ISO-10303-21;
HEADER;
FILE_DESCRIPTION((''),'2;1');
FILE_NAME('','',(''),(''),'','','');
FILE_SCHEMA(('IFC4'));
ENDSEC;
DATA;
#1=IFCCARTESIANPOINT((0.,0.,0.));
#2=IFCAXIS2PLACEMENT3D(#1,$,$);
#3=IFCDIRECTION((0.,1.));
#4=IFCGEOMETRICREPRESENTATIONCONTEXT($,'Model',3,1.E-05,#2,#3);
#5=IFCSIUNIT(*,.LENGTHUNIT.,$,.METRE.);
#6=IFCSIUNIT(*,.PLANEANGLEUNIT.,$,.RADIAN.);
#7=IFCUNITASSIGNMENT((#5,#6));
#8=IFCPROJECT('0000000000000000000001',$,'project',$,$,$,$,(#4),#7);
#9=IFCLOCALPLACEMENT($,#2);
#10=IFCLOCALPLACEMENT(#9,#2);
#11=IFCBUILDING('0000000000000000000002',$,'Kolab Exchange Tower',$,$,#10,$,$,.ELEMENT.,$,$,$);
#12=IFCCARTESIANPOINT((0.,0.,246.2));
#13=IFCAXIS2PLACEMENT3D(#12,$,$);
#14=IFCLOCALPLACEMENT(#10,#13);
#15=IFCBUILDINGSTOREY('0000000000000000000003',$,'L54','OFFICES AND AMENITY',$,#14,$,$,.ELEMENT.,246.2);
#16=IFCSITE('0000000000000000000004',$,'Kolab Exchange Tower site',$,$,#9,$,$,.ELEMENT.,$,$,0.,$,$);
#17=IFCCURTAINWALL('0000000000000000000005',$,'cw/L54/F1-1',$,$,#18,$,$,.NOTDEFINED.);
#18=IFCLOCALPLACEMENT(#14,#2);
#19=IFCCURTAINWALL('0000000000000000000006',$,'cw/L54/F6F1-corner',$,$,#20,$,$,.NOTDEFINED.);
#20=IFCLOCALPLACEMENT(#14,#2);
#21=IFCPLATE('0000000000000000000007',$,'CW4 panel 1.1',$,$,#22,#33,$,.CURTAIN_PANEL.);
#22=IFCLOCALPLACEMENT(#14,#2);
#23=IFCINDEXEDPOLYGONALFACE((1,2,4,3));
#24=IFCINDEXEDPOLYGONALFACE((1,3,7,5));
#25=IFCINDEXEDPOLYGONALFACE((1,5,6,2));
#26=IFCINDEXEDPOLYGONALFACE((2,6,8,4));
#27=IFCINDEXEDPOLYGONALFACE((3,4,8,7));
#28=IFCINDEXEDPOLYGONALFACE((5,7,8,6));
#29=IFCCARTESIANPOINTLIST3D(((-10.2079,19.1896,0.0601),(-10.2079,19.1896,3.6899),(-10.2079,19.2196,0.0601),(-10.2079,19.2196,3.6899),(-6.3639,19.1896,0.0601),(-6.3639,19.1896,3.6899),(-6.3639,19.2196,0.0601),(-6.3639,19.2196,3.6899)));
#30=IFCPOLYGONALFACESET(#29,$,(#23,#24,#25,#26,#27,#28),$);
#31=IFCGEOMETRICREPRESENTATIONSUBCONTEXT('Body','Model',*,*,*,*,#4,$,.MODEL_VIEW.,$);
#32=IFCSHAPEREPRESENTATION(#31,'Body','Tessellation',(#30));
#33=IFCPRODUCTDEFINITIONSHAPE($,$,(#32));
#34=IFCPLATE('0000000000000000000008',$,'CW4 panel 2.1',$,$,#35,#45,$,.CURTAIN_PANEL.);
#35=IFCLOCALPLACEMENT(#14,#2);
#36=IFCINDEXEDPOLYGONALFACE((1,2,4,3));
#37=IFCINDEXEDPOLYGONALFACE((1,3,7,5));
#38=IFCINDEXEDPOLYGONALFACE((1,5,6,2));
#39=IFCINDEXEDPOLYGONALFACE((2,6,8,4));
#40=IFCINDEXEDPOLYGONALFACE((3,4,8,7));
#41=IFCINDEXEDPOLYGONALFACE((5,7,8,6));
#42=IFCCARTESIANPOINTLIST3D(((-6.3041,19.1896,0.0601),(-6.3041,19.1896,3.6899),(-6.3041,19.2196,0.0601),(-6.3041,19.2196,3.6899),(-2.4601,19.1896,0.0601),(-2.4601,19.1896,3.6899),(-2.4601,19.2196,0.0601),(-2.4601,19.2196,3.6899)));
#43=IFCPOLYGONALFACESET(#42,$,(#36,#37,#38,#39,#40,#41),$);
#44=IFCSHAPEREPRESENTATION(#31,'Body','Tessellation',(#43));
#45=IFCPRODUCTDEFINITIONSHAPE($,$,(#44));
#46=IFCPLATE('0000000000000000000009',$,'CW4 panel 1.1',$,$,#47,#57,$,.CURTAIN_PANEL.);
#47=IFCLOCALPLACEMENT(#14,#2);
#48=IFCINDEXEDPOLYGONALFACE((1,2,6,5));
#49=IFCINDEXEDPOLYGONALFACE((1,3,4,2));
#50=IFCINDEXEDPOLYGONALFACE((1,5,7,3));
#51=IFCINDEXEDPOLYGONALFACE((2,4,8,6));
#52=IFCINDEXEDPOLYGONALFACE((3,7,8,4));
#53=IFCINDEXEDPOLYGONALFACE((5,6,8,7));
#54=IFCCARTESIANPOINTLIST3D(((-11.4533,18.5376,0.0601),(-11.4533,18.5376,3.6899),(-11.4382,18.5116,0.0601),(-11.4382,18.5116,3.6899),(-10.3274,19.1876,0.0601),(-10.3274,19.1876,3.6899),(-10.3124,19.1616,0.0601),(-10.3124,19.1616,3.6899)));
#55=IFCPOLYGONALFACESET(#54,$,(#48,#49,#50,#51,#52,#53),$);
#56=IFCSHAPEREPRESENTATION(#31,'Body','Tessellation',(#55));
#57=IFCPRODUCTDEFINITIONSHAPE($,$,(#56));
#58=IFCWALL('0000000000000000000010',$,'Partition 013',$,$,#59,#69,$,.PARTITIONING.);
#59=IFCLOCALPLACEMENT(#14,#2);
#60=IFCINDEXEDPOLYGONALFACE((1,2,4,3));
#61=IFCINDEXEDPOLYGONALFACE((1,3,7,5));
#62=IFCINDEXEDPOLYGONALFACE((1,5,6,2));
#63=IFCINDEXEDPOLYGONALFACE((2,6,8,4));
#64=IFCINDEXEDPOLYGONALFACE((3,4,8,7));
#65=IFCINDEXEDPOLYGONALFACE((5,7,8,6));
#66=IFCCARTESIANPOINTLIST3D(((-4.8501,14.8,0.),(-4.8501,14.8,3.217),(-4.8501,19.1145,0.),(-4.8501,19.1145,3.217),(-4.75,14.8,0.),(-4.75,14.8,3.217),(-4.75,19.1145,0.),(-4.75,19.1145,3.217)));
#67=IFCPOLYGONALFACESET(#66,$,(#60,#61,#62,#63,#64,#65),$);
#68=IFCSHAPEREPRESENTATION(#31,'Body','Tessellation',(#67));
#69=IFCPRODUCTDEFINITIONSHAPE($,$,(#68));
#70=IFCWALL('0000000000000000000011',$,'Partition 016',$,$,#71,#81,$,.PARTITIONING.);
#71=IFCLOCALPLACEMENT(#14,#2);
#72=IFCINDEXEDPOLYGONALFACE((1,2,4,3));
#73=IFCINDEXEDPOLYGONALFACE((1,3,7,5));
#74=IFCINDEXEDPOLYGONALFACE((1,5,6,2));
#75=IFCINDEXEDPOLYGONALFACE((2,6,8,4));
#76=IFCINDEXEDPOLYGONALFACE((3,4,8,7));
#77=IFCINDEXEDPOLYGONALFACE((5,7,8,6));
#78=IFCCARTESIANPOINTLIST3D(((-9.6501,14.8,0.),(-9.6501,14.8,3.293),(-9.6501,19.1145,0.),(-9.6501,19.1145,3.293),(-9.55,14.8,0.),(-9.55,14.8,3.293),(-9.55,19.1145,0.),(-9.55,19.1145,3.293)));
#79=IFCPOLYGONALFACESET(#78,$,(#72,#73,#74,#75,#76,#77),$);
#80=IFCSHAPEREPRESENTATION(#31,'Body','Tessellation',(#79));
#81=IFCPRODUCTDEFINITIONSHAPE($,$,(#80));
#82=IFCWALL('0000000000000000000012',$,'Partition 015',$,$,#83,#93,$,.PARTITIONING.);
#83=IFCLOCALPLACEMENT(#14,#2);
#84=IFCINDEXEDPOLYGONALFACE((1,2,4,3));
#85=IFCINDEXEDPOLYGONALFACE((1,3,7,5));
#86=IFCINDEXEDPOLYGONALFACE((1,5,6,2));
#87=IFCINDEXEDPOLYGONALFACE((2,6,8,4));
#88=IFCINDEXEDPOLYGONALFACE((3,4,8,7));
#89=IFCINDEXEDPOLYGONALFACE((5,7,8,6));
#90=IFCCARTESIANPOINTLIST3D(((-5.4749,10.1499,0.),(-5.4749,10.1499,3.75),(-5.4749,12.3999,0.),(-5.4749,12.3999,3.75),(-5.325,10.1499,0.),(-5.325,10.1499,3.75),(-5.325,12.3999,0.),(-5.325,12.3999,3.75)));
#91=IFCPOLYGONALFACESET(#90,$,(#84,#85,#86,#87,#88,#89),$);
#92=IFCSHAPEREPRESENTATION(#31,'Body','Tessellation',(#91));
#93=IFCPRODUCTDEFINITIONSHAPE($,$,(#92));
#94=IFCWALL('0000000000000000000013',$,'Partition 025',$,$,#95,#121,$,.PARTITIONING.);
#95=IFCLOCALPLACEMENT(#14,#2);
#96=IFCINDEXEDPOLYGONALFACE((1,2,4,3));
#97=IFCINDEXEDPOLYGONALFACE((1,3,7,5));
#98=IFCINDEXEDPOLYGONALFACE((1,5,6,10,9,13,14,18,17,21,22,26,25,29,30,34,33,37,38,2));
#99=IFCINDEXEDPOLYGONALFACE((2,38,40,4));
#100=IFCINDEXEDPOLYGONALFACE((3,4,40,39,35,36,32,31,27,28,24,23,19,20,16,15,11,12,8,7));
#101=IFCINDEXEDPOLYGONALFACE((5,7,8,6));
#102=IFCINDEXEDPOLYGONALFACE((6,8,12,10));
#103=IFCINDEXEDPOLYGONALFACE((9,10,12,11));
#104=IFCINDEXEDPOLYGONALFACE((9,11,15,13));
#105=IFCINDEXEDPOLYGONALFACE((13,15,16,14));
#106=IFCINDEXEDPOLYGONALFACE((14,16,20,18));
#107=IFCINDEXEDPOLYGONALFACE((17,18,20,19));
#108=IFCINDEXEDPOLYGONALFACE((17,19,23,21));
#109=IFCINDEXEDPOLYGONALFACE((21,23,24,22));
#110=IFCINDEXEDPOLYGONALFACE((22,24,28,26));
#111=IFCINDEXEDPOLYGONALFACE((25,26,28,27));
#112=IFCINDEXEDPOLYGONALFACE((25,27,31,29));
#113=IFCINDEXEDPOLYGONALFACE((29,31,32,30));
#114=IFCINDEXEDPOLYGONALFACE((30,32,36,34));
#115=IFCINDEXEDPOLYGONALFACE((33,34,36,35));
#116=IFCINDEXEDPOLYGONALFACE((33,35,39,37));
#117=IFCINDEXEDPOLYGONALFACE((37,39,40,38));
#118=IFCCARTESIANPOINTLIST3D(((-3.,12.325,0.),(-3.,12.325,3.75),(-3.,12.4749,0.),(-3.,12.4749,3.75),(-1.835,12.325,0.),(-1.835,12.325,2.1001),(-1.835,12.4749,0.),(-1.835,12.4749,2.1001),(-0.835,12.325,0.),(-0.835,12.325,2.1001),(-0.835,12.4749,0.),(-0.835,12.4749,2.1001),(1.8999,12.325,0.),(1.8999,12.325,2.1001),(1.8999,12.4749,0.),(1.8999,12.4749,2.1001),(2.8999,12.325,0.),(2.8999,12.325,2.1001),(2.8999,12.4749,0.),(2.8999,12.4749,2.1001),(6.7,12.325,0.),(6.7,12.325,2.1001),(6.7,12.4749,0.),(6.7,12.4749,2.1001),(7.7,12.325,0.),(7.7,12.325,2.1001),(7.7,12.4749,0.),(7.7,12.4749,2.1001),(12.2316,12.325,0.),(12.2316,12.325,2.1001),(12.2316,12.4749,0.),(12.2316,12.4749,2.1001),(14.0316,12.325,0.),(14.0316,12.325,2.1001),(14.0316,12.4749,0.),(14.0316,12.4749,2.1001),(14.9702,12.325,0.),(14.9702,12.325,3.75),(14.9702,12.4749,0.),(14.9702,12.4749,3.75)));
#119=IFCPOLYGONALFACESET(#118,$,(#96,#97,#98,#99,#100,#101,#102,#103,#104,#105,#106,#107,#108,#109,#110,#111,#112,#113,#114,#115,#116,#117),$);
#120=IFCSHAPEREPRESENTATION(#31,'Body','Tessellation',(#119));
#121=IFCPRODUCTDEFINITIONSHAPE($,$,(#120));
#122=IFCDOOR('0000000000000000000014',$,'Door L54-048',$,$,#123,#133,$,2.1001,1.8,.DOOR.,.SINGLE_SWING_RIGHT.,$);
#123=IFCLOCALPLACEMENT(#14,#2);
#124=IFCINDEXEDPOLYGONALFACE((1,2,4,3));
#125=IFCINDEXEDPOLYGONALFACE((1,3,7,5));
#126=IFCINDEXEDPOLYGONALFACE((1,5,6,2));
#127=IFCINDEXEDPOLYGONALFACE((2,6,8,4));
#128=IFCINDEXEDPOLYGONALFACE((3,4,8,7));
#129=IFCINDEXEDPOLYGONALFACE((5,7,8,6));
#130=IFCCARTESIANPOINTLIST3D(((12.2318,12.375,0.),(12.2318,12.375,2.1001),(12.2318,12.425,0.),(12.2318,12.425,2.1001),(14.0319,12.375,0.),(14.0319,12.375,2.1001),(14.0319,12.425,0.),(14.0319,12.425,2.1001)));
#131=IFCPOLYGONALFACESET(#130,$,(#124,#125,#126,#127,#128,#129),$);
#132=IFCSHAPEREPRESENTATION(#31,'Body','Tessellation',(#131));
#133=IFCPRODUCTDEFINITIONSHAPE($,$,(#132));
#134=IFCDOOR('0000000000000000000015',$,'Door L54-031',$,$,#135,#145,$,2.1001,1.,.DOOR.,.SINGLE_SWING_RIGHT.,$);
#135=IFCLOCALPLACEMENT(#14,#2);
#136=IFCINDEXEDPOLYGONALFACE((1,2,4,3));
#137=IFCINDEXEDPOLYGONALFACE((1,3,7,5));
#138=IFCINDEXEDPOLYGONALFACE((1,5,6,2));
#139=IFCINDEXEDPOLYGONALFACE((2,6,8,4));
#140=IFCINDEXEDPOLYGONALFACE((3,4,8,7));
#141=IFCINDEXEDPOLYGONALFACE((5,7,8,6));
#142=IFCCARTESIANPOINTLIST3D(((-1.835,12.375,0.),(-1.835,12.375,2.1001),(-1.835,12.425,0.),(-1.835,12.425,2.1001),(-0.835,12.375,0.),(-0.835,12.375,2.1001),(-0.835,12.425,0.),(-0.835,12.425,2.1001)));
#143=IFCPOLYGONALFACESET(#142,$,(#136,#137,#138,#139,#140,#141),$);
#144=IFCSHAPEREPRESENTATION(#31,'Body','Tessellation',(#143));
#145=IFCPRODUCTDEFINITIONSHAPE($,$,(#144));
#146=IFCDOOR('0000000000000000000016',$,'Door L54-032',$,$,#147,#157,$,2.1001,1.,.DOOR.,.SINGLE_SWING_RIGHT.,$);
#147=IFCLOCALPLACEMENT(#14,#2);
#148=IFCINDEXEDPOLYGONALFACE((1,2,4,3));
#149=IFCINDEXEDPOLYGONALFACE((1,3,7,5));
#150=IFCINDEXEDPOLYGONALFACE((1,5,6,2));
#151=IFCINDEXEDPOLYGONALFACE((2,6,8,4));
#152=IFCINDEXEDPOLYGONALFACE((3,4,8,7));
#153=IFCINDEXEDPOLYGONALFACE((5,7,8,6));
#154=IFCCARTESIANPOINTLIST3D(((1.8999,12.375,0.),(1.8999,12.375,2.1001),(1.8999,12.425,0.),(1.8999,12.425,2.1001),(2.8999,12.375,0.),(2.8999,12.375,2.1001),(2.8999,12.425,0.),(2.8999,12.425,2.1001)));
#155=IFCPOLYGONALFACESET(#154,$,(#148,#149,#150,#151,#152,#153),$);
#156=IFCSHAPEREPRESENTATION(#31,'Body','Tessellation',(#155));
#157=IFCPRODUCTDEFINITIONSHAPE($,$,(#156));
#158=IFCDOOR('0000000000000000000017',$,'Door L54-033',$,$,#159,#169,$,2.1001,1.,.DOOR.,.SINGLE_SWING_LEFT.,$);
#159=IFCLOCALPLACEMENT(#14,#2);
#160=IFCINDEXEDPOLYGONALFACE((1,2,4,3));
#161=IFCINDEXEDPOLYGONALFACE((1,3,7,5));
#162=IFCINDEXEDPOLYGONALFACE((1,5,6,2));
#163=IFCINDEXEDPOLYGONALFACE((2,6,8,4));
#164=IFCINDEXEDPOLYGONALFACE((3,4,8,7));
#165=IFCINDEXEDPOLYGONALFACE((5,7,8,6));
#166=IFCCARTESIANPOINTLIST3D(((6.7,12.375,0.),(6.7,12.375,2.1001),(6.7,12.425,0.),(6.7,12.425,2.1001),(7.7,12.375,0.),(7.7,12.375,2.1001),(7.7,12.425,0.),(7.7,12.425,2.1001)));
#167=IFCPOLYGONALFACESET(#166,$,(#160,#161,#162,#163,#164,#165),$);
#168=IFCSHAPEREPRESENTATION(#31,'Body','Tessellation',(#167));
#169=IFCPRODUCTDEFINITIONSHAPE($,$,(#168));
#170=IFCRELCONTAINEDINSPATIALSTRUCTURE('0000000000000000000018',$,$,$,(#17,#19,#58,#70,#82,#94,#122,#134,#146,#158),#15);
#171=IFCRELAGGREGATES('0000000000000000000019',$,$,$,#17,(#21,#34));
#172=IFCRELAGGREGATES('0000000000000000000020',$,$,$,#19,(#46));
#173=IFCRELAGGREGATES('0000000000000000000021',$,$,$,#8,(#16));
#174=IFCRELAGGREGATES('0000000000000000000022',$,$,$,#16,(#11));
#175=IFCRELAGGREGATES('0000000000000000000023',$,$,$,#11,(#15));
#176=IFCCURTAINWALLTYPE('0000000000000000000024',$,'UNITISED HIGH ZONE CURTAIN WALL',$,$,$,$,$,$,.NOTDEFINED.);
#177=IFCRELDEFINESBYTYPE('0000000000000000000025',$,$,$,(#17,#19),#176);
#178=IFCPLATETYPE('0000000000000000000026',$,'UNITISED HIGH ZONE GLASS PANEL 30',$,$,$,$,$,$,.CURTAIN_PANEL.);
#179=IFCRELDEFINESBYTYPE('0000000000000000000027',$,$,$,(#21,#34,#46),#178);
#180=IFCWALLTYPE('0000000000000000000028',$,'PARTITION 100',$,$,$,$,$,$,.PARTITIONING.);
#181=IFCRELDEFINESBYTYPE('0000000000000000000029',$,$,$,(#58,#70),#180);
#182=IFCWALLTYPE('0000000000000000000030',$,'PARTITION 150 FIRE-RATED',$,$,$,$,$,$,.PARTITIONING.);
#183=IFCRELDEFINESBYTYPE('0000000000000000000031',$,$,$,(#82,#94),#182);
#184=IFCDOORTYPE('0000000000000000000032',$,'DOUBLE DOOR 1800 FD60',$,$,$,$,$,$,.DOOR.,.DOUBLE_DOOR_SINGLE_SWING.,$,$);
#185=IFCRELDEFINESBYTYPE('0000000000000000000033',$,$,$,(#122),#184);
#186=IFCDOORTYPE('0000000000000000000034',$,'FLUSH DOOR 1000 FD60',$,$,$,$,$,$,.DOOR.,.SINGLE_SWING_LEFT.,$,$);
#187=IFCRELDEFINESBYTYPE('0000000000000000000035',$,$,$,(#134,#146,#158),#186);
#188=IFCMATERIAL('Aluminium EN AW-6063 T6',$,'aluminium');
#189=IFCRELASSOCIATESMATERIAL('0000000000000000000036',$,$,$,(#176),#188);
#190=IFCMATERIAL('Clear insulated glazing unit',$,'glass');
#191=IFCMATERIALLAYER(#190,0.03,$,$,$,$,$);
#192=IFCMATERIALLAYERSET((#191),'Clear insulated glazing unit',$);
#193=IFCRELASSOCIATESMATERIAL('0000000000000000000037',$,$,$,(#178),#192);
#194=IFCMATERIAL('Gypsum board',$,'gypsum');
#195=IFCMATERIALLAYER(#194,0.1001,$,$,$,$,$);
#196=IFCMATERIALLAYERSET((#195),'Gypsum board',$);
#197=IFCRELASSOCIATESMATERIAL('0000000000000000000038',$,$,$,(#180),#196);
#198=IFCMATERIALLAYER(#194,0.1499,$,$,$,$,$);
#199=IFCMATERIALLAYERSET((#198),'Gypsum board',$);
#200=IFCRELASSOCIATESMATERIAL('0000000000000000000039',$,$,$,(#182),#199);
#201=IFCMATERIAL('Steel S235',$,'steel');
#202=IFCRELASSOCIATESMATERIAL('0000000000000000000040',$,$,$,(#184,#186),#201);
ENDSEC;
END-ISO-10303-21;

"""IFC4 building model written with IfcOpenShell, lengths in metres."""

from ifc_helpers import new_model, si_unit, direction, frame, frame_2d, origin, origin_2d, place, context, subcontext, project, spatial, rectangle, extrude, material, layer, layer_set, type_object, element, fill, aggregate, save


model = new_model("IFC4")

# Units and contexts
model_context = context("Model", 3, precision=1e-05, world=origin(), true_north=direction((0.0, 1.0)))
body_context = subcontext(model_context, "Body", "Model", "MODEL_VIEW")
ifc_project = project(units=[si_unit("LENGTHUNIT", "METRE"), si_unit("PLANEANGLEUNIT", "RADIAN")], contexts=[model_context])

# Site, building, storey
site_placement = place(None, origin())
site = spatial("IfcSite", under=ifc_project, at=site_placement, Name="Kolab Exchange Tower site", CompositionType="ELEMENT", RefElevation=0.0)
building_placement = place(site_placement, origin())
building = spatial("IfcBuilding", under=site, at=building_placement, Name="Kolab Exchange Tower", CompositionType="ELEMENT")
storey_placement = place(building_placement, frame((0.0, 0.0, 246.2)))
storey = spatial("IfcBuildingStorey", under=building, at=storey_placement, Name="L54", Description="OFFICES AND AMENITY", CompositionType="ELEMENT", Elevation=246.2)

# Curtain wall
ifc_material_1 = material(Name="Aluminium EN AW-6063 T6", Category="aluminium")
curtain_wall_type = type_object("IfcCurtainWallType", Name="UNITISED HIGH ZONE CURTAIN WALL", PredefinedType="NOTDEFINED", material=ifc_material_1)
curtain_wall_1_placement = place(storey_placement, origin())
curtain_wall_1 = element("IfcCurtainWall", 1, at=curtain_wall_1_placement, inside=storey, type_object=curtain_wall_type, Name="cw/L54/F1-1", PredefinedType="NOTDEFINED")

# Curtain wall
curtain_wall_2_placement = place(storey_placement, origin())
curtain_wall_2 = element("IfcCurtainWall", 2, at=curtain_wall_2_placement, inside=storey, type_object=curtain_wall_type, Name="cw/L54/F6F1-corner", PredefinedType="NOTDEFINED")

# Plates
ifc_material_2 = material(Name="Clear insulated glazing unit", Category="glass")
ifc_layer_1 = layer(ifc_material_2, 0.03)
ifc_layer_set_1 = layer_set([ifc_layer_1], Name="Clear insulated glazing unit")
plate_type = type_object("IfcPlateType", Name="UNITISED HIGH ZONE GLASS PANEL 30", PredefinedType="CURTAIN_PANEL", material=ifc_layer_set_1)
plate_1_placement = place(storey_placement, frame((-8.2859, 19.2046, 0.0601), z_axis=(0.0, 0.0, 1.0), x_axis=(1.0, 0.0, 0.0)))
plate_1 = element("IfcPlate", 3, at=plate_1_placement, type_object=plate_type, Name="CW4 panel 1.1", PredefinedType="CURTAIN_PANEL", context=body_context, shape_type="SweptSolid", body=[
    extrude(rectangle(XDim=3.844, YDim=0.03, at=origin_2d()), origin(), (0.0, 0.0, 1.0), 3.6299),
])
plate_2_placement = place(storey_placement, frame((-4.3821, 19.2046, 0.0601), z_axis=(0.0, 0.0, 1.0), x_axis=(1.0, 0.0, 0.0)))
plate_2 = element("IfcPlate", 4, at=plate_2_placement, type_object=plate_type, Name="CW4 panel 2.1", PredefinedType="CURTAIN_PANEL", context=body_context, shape_type="SweptSolid", body=[
    extrude(rectangle(XDim=3.844, YDim=0.03, at=origin_2d()), origin(), (0.0, 0.0, 1.0), 3.6299),
])
aggregate(curtain_wall_1, [plate_1, plate_2])
plate_3_placement = place(storey_placement, frame((-10.8828, 18.8496, 0.0601), z_axis=(0.0, 0.0, 1.0), x_axis=(0.866025, 0.5, 0.0)))
plate_3 = element("IfcPlate", 5, at=plate_3_placement, type_object=plate_type, Name="CW4 panel 1.1", PredefinedType="CURTAIN_PANEL", context=body_context, shape_type="SweptSolid", body=[
    extrude(rectangle(XDim=1.3, YDim=0.03, at=origin_2d()), origin(), (0.0, 0.0, 1.0), 3.6299),
])
aggregate(curtain_wall_2, [plate_3])

# Walls
ifc_material_3 = material(Name="Gypsum board", Category="gypsum")
ifc_layer_2 = layer(ifc_material_3, 0.1001)
ifc_layer_set_2 = layer_set([ifc_layer_2], Name="Gypsum board")
wall_type_1 = type_object("IfcWallType", Name="PARTITION 100", PredefinedType="PARTITIONING", material=ifc_layer_set_2)
wall_1_placement = place(storey_placement, frame((-4.8, 14.8, 0.0), z_axis=(0.0, 0.0, 1.0), x_axis=(0.0, 1.0, 0.0)))
element("IfcWall", 6, at=wall_1_placement, inside=storey, type_object=wall_type_1, Name="Partition 013", PredefinedType="PARTITIONING", context=body_context, shape_type="SweptSolid", body=[
    extrude(rectangle(XDim=4.3145, YDim=0.1001, at=frame_2d((2.1572, 0.0))), origin(), (0.0, 0.0, 1.0), 3.217),
])
wall_2_placement = place(storey_placement, frame((-9.6001, 14.8, 0.0), z_axis=(0.0, 0.0, 1.0), x_axis=(0.0, 1.0, 0.0)))
element("IfcWall", 7, at=wall_2_placement, inside=storey, type_object=wall_type_1, Name="Partition 016", PredefinedType="PARTITIONING", context=body_context, shape_type="SweptSolid", body=[
    extrude(rectangle(XDim=4.3145, YDim=0.1001, at=frame_2d((2.1572, 0.0))), origin(), (0.0, 0.0, 1.0), 3.293),
])
ifc_layer_3 = layer(ifc_material_3, 0.1499)
ifc_layer_set_3 = layer_set([ifc_layer_3], Name="Gypsum board")
wall_type_2 = type_object("IfcWallType", Name="PARTITION 150 FIRE-RATED", PredefinedType="PARTITIONING", material=ifc_layer_set_3)
wall_3_placement = place(storey_placement, frame((-5.3999, 10.1499, 0.0), z_axis=(0.0, 0.0, 1.0), x_axis=(0.0, 1.0, 0.0)))
element("IfcWall", 8, at=wall_3_placement, inside=storey, type_object=wall_type_2, Name="Partition 015", PredefinedType="PARTITIONING", context=body_context, shape_type="SweptSolid", body=[
    extrude(rectangle(XDim=2.25, YDim=0.1499, at=frame_2d((1.125, 0.0))), origin(), (0.0, 0.0, 1.0), 3.75),
])

# Wall, openings, doors
wall_4_placement = place(storey_placement, frame((-3.0, 12.3999, 0.0), z_axis=(0.0, 0.0, 1.0), x_axis=(1.0, 0.0, 0.0)))
wall_4 = element("IfcWall", 9, at=wall_4_placement, inside=storey, type_object=wall_type_2, Name="Partition 025", PredefinedType="PARTITIONING", context=body_context, shape_type="SweptSolid", body=[
    extrude(rectangle(XDim=17.9702, YDim=0.1499, at=frame_2d((8.9851, 0.0))), origin(), (0.0, 0.0, 1.0), 3.75),
])
opening_1_placement = place(wall_4_placement, frame((1.165, 0.0, 0.0)))
opening_1 = element("IfcOpeningElement", 10, at=opening_1_placement, cuts=wall_4, PredefinedType="OPENING", context=body_context, shape_type="SweptSolid", body=[
    extrude(rectangle(XDim=1.0, YDim=2.1001, at=frame_2d((0.5, 1.05))), frame((0.0, 0.085, 0.0), z_axis=(0.0, -1.0, 0.0), x_axis=(1.0, 0.0, 0.0)), (0.0, 0.0, 1.0), 0.1699),
])
opening_2_placement = place(wall_4_placement, frame((4.8999, 0.0, 0.0)))
opening_2 = element("IfcOpeningElement", 11, at=opening_2_placement, cuts=wall_4, PredefinedType="OPENING", context=body_context, shape_type="SweptSolid", body=[
    extrude(rectangle(XDim=1.0, YDim=2.1001, at=frame_2d((0.5, 1.05))), frame((0.0, 0.085, 0.0), z_axis=(0.0, -1.0, 0.0), x_axis=(1.0, 0.0, 0.0)), (0.0, 0.0, 1.0), 0.1699),
])
opening_3_placement = place(wall_4_placement, frame((9.7, 0.0, 0.0)))
opening_3 = element("IfcOpeningElement", 12, at=opening_3_placement, cuts=wall_4, PredefinedType="OPENING", context=body_context, shape_type="SweptSolid", body=[
    extrude(rectangle(XDim=1.0, YDim=2.1001, at=frame_2d((0.5, 1.05))), frame((0.0, 0.085, 0.0), z_axis=(0.0, -1.0, 0.0), x_axis=(1.0, 0.0, 0.0)), (0.0, 0.0, 1.0), 0.1699),
])
opening_4_placement = place(wall_4_placement, frame((15.2317, 0.0, 0.0)))
opening_4 = element("IfcOpeningElement", 13, at=opening_4_placement, cuts=wall_4, PredefinedType="OPENING", context=body_context, shape_type="SweptSolid", body=[
    extrude(rectangle(XDim=1.8, YDim=2.1001, at=frame_2d((0.8999, 1.05))), frame((0.0, 0.085, 0.0), z_axis=(0.0, -1.0, 0.0), x_axis=(1.0, 0.0, 0.0)), (0.0, 0.0, 1.0), 0.1699),
])
ifc_material_4 = material(Name="Steel S235", Category="steel")
door_type_1 = type_object("IfcDoorType", Name="DOUBLE DOOR 1800 FD60", OperationType="DOUBLE_DOOR_SINGLE_SWING", PredefinedType="DOOR", material=ifc_material_4)
door_1_placement = place(opening_4_placement, frame((1.8, 0.0, 0.0), z_axis=(0.0, 0.0, 1.0), x_axis=(-1.0, 0.0, 0.0)))
door_1 = element("IfcDoor", 14, at=door_1_placement, inside=storey, type_object=door_type_1, Name="Door L54-048", OperationType="SINGLE_SWING_RIGHT", OverallHeight=2.1001, OverallWidth=1.8, PredefinedType="DOOR", context=body_context, shape_type="SweptSolid", body=[
    extrude(rectangle(XDim=1.8, YDim=2.1001, at=frame_2d((0.8999, 1.05))), frame((0.0, 0.0249, 0.0), z_axis=(0.0, -1.0, 0.0), x_axis=(1.0, 0.0, 0.0)), (0.0, 0.0, 1.0), 0.05),
])
fill(opening_4, door_1)
door_type_2 = type_object("IfcDoorType", Name="FLUSH DOOR 1000 FD60", OperationType="SINGLE_SWING_LEFT", PredefinedType="DOOR", material=ifc_material_4)
door_2_placement = place(opening_1_placement, frame((1.0, 0.0, 0.0), z_axis=(0.0, 0.0, 1.0), x_axis=(-1.0, 0.0, 0.0)))
door_2 = element("IfcDoor", 15, at=door_2_placement, inside=storey, type_object=door_type_2, Name="Door L54-031", OperationType="SINGLE_SWING_RIGHT", OverallHeight=2.1001, OverallWidth=1.0, PredefinedType="DOOR", context=body_context, shape_type="SweptSolid", body=[
    extrude(rectangle(XDim=1.0, YDim=2.1001, at=frame_2d((0.5, 1.05))), frame((0.0, 0.0249, 0.0), z_axis=(0.0, -1.0, 0.0), x_axis=(1.0, 0.0, 0.0)), (0.0, 0.0, 1.0), 0.05),
])
fill(opening_1, door_2)
door_3_placement = place(opening_2_placement, frame((1.0, 0.0, 0.0), z_axis=(0.0, 0.0, 1.0), x_axis=(-1.0, 0.0, 0.0)))
door_3 = element("IfcDoor", 16, at=door_3_placement, inside=storey, type_object=door_type_2, Name="Door L54-032", OperationType="SINGLE_SWING_RIGHT", OverallHeight=2.1001, OverallWidth=1.0, PredefinedType="DOOR", context=body_context, shape_type="SweptSolid", body=[
    extrude(rectangle(XDim=1.0, YDim=2.1001, at=frame_2d((0.5, 1.05))), frame((0.0, 0.0249, 0.0), z_axis=(0.0, -1.0, 0.0), x_axis=(1.0, 0.0, 0.0)), (0.0, 0.0, 1.0), 0.05),
])
fill(opening_2, door_3)
door_4_placement = place(opening_3_placement, frame((1.0, 0.0, 0.0), z_axis=(0.0, 0.0, 1.0), x_axis=(-1.0, 0.0, 0.0)))
door_4 = element("IfcDoor", 17, at=door_4_placement, inside=storey, type_object=door_type_2, Name="Door L54-033", OperationType="SINGLE_SWING_LEFT", OverallHeight=2.1001, OverallWidth=1.0, PredefinedType="DOOR", context=body_context, shape_type="SweptSolid", body=[
    extrude(rectangle(XDim=1.0, YDim=2.1001, at=frame_2d((0.5, 1.05))), frame((0.0, 0.0249, 0.0), z_axis=(0.0, -1.0, 0.0), x_axis=(1.0, 0.0, 0.0)), (0.0, 0.0, 1.0), 0.05),
])
fill(opening_3, door_4)

save(model, "model.ifc")
